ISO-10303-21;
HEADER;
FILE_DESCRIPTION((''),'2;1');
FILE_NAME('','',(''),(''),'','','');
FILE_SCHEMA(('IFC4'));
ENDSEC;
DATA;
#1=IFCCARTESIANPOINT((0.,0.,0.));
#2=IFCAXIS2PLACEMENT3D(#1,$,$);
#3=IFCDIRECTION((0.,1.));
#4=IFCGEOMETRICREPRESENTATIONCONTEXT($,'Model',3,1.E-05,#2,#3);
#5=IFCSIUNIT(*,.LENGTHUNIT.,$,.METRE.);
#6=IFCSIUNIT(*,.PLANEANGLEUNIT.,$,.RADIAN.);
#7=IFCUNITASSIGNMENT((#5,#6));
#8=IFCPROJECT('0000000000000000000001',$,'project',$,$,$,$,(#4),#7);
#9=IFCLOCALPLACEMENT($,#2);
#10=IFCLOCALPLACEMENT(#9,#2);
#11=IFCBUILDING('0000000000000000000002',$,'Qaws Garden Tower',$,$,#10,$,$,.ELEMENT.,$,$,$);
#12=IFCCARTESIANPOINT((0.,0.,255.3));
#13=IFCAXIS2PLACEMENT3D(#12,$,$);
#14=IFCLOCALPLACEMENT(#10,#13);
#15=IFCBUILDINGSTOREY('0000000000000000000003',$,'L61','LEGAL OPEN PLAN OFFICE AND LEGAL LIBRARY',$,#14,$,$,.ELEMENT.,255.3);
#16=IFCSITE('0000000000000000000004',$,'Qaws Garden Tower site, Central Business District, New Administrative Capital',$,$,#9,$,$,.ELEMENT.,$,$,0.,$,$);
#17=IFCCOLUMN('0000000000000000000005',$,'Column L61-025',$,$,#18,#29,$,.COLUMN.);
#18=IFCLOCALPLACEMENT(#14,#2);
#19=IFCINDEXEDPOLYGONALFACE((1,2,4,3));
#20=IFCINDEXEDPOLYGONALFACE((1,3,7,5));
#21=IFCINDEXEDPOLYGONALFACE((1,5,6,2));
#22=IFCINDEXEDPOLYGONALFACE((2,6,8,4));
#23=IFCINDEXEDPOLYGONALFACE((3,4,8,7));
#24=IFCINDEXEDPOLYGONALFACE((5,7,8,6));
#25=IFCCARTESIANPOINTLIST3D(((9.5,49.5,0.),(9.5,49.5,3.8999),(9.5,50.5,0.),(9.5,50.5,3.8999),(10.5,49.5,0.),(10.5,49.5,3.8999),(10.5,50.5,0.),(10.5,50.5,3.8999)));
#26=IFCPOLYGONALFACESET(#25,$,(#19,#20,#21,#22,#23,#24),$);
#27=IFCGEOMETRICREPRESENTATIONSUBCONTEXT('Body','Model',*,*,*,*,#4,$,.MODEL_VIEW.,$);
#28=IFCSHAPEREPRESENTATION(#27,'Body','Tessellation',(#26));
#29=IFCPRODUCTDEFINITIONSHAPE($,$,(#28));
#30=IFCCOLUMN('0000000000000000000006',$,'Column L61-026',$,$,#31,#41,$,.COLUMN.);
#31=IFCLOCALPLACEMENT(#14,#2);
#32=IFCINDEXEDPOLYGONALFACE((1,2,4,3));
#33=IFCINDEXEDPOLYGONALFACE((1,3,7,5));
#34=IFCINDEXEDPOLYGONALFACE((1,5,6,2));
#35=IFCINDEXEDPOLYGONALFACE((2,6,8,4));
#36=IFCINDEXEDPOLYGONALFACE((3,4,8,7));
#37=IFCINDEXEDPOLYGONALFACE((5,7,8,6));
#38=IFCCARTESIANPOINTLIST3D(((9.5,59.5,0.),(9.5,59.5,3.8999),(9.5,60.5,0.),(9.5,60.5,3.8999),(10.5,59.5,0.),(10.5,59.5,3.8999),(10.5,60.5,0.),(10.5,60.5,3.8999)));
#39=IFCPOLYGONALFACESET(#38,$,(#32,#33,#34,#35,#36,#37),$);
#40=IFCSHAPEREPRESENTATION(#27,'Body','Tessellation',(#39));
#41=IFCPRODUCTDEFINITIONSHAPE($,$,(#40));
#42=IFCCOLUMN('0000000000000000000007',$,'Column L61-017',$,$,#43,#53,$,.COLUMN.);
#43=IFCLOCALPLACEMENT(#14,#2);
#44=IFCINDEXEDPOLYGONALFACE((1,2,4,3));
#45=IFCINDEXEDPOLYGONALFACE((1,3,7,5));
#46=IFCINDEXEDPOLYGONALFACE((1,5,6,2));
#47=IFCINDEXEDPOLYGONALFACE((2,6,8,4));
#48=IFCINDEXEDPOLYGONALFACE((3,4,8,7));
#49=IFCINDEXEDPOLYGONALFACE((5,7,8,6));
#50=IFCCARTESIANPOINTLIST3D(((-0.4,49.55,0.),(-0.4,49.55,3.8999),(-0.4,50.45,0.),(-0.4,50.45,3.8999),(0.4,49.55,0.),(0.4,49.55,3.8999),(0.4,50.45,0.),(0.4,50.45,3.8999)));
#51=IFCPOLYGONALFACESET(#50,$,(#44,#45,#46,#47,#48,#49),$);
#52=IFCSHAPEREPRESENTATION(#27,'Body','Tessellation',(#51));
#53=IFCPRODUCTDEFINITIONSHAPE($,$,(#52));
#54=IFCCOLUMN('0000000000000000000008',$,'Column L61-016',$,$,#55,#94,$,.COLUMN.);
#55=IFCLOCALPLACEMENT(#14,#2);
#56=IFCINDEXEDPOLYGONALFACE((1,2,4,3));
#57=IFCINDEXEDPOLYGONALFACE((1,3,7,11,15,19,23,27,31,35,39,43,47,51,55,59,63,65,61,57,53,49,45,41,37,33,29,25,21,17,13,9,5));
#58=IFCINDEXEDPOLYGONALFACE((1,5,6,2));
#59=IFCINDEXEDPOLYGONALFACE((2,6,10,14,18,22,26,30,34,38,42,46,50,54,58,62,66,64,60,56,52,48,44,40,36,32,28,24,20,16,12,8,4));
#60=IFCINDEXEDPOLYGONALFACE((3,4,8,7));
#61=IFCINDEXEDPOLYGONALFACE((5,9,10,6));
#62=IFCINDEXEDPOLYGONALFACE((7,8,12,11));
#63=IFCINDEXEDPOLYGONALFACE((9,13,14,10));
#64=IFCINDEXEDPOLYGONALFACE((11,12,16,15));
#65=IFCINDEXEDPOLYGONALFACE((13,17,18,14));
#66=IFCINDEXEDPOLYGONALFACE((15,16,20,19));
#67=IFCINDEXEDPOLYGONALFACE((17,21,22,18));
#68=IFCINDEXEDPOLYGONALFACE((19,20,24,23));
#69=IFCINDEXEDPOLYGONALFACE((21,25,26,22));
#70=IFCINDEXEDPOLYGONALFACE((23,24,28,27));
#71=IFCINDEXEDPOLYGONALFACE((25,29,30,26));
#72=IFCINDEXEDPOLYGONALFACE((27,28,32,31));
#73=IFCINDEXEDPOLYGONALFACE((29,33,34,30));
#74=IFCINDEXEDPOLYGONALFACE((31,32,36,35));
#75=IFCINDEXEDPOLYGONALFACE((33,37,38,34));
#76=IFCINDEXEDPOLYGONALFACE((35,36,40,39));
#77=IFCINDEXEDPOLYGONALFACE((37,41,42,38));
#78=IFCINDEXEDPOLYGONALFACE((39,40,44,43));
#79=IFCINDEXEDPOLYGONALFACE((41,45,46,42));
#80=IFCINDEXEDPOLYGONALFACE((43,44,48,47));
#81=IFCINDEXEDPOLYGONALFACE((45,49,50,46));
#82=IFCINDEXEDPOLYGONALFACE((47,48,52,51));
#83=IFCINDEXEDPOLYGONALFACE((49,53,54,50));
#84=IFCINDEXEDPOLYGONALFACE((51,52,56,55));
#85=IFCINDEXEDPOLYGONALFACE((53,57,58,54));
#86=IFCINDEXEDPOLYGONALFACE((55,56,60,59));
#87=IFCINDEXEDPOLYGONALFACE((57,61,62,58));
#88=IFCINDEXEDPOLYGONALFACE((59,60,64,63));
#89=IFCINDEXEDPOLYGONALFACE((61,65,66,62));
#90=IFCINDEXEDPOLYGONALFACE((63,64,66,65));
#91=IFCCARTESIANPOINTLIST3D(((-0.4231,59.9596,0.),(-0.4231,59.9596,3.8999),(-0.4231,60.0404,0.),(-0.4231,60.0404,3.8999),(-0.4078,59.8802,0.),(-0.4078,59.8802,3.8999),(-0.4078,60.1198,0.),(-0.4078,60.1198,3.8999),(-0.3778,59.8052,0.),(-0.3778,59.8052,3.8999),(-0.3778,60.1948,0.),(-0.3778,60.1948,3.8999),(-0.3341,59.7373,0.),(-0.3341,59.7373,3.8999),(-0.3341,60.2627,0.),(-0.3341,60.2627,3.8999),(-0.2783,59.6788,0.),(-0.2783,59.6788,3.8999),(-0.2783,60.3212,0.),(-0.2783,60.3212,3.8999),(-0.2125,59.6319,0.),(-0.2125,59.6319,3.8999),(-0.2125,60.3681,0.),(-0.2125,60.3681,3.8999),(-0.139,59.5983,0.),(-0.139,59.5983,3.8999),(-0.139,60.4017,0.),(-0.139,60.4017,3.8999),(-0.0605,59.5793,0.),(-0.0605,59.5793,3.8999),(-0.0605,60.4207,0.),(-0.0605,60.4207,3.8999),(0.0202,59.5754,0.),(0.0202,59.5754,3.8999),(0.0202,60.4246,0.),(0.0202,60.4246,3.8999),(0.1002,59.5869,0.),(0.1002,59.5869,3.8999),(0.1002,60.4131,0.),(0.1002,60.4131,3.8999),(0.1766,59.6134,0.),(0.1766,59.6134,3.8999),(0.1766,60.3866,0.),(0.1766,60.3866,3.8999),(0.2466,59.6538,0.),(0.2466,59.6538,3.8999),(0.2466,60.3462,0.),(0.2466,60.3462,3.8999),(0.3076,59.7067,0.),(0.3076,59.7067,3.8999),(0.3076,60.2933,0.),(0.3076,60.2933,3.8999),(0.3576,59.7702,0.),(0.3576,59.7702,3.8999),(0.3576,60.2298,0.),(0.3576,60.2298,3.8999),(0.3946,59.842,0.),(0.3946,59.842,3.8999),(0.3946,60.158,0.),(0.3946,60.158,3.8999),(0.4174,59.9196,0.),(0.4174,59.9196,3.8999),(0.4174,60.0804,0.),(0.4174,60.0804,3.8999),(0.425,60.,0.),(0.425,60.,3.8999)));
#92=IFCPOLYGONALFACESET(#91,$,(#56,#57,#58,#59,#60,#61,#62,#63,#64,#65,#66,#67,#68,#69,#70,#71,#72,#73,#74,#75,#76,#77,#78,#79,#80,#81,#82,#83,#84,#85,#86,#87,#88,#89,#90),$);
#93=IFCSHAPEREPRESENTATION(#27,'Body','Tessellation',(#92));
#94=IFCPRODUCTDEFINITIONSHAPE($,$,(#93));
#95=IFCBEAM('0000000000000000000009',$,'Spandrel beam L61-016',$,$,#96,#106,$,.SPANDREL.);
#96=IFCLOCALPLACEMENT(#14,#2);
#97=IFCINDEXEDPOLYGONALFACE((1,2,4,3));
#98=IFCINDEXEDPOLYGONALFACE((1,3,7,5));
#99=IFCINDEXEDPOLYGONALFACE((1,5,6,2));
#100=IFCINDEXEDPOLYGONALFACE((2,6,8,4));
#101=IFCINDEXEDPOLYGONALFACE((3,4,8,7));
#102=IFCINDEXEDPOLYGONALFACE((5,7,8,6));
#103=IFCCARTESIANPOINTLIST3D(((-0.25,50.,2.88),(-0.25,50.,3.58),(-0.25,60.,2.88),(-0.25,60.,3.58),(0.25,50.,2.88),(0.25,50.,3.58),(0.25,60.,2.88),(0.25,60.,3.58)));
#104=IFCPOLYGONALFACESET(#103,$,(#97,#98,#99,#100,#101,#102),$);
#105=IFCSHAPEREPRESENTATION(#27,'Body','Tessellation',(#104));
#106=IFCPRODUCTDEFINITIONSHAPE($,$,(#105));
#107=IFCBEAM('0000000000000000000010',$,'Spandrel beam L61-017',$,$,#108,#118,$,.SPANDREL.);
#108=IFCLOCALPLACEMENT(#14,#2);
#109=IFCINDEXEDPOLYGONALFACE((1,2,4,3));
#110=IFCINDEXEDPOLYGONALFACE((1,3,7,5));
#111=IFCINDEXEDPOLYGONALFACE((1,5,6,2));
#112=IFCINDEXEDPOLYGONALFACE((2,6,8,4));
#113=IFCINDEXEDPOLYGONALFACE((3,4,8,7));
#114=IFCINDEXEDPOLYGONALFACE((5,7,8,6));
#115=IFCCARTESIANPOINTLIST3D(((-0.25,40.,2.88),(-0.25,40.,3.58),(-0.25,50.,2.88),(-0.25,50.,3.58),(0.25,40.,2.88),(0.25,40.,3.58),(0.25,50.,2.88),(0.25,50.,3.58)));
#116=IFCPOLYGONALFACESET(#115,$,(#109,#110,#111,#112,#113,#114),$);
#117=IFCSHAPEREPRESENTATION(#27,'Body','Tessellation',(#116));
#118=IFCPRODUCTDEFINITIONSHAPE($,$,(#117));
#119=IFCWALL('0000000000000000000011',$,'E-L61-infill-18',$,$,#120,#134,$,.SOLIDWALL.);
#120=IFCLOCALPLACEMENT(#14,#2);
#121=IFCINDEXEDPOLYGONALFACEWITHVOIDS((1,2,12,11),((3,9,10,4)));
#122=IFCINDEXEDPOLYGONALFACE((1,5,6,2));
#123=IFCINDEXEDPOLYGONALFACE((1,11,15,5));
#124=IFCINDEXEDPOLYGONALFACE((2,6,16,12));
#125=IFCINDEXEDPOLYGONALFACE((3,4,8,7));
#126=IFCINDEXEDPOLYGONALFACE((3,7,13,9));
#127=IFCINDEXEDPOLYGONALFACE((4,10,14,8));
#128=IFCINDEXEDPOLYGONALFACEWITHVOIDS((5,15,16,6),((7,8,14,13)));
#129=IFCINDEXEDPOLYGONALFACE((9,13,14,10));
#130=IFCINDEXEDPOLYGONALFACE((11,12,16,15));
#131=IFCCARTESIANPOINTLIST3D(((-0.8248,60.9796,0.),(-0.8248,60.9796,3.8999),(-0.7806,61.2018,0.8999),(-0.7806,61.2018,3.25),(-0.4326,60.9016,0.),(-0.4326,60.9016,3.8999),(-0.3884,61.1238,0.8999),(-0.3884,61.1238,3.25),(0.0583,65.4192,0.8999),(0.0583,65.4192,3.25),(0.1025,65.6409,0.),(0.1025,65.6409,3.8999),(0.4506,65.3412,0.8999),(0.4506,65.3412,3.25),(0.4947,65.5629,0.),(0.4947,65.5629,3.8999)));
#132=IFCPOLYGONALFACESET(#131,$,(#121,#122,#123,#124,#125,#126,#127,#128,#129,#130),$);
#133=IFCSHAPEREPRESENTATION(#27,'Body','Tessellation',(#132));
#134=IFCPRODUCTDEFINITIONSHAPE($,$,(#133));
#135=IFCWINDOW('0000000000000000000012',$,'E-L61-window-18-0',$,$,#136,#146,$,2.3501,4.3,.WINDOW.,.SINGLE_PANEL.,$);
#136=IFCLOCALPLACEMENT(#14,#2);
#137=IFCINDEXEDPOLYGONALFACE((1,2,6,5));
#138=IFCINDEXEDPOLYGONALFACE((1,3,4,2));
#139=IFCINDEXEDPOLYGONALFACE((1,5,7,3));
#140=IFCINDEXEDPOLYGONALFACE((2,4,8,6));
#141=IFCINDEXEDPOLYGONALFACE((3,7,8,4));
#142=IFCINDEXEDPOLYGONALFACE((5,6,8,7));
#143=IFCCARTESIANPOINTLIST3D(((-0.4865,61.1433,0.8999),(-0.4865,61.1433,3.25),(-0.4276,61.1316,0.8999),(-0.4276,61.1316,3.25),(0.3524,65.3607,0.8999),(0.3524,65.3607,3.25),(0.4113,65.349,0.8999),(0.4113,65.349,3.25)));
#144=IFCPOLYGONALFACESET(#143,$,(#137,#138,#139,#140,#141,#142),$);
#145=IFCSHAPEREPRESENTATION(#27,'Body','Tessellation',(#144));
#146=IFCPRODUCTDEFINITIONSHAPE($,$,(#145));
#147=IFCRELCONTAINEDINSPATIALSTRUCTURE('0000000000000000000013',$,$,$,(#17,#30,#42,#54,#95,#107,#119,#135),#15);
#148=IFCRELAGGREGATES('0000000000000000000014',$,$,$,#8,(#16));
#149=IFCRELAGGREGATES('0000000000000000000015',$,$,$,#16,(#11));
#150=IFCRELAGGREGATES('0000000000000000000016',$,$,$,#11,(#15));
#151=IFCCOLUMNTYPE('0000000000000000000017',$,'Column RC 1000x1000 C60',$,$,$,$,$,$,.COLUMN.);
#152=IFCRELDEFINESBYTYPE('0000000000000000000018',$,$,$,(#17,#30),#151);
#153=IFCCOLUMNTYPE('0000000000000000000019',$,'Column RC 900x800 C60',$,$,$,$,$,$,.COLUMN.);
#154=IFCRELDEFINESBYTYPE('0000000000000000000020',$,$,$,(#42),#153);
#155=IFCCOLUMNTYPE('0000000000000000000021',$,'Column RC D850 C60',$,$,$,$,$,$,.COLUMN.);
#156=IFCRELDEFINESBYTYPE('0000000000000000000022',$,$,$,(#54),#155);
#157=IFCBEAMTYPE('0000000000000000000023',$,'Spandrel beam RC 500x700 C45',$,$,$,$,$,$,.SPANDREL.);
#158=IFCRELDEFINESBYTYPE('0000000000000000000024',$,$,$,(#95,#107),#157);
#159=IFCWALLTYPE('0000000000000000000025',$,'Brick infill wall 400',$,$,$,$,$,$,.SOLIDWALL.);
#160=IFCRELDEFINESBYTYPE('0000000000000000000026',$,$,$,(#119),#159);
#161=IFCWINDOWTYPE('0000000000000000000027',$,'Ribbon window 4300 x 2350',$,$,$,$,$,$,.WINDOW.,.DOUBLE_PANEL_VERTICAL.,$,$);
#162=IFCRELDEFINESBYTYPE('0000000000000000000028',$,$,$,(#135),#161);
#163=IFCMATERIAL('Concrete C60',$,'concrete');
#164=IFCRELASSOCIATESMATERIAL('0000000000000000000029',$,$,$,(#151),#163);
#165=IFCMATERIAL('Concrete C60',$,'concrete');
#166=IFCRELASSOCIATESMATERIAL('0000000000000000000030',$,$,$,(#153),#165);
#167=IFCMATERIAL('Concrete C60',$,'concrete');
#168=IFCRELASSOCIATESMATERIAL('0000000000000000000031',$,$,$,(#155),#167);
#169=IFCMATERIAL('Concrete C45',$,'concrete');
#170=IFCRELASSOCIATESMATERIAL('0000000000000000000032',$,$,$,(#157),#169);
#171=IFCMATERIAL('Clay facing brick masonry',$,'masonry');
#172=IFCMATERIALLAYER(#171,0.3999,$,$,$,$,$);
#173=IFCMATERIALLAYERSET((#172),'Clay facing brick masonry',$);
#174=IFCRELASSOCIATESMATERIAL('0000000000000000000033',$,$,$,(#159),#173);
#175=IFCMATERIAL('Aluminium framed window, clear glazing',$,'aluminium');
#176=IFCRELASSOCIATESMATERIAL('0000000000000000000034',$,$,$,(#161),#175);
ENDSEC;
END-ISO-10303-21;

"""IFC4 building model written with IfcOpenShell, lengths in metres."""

from ifc_helpers import new_model, si_unit, direction, frame, frame_2d, origin, origin_2d, place, context, subcontext, project, spatial, rectangle, circle, extrude, material, layer, layer_set, material_profile, profile_set, type_object, element, fill, save


model = new_model("IFC4")

# Units and contexts
model_context = context("Model", 3, precision=1e-05, world=origin(), true_north=direction((0.0, 1.0)))
body_context = subcontext(model_context, "Body", "Model", "MODEL_VIEW")
ifc_project = project(units=[si_unit("LENGTHUNIT", "METRE"), si_unit("PLANEANGLEUNIT", "RADIAN")], contexts=[model_context])

# Site, building, storey
site_placement = place(None, origin())
site = spatial("IfcSite", under=ifc_project, at=site_placement, Name="Qaws Garden Tower site, Central Business District, New Administrative Capital", CompositionType="ELEMENT", RefElevation=0.0)
building_placement = place(site_placement, origin())
building = spatial("IfcBuilding", under=site, at=building_placement, Name="Qaws Garden Tower", CompositionType="ELEMENT")
storey_placement = place(building_placement, frame((0.0, 0.0, 255.3)))
storey = spatial("IfcBuildingStorey", under=building, at=storey_placement, Name="L61", Description="LEGAL OPEN PLAN OFFICE AND LEGAL LIBRARY", CompositionType="ELEMENT", Elevation=255.3)

# Columns
ifc_material_1 = material(Name="Concrete C60", Category="concrete")
ifc_material_profile_1 = material_profile(ifc_material_1, rectangle(XDim=1.0, YDim=1.0, at=origin_2d()), Name="RC 1000x1000")
ifc_profile_set_1 = profile_set([ifc_material_profile_1], Name="Concrete C60")
column_type_1 = type_object("IfcColumnType", Name="Column RC 1000x1000 C60", PredefinedType="COLUMN", material=ifc_profile_set_1)
for number, where, z_axis, x_axis, name in (
    (1, (10.0, 50.0, 0.0), (0.0, 0.0, 1.0), (1.0, 0.0, 0.0), "Column L61-025"),
    (2, (10.0, 60.0, 0.0), (0.0, 0.0, 1.0), (1.0, 0.0, 0.0), "Column L61-026"),
):
    element("IfcColumn", number, at=place(storey_placement, frame(where, z_axis=z_axis, x_axis=x_axis)), inside=storey, type_object=column_type_1, Name=name, PredefinedType="COLUMN", context=body_context, shape_type="SweptSolid", body=[
        extrude(rectangle(XDim=1.0, YDim=1.0, at=origin_2d()), origin(), (0.0, 0.0, 1.0), 3.8999),
    ])
ifc_material_2 = material(Name="Concrete C60", Category="concrete")
ifc_material_profile_2 = material_profile(ifc_material_2, rectangle(XDim=0.8999, YDim=0.8, at=origin_2d()), Name="RC 900x800")
ifc_profile_set_2 = profile_set([ifc_material_profile_2], Name="Concrete C60")
column_type_2 = type_object("IfcColumnType", Name="Column RC 900x800 C60", PredefinedType="COLUMN", material=ifc_profile_set_2)
column_1_placement = place(storey_placement, frame((0.0, 50.0, 0.0), z_axis=(0.0, 0.0, 1.0), x_axis=(0.0, 1.0, 0.0)))
element("IfcColumn", 3, at=column_1_placement, inside=storey, type_object=column_type_2, Name="Column L61-017", PredefinedType="COLUMN", context=body_context, shape_type="SweptSolid", body=[
    extrude(rectangle(XDim=0.8999, YDim=0.8, at=origin_2d()), origin(), (0.0, 0.0, 1.0), 3.8999),
])
ifc_material_3 = material(Name="Concrete C60", Category="concrete")
ifc_material_profile_3 = material_profile(ifc_material_3, circle(Radius=0.425, at=origin_2d()), Name="RC D850")
ifc_profile_set_3 = profile_set([ifc_material_profile_3], Name="Concrete C60")
column_type_3 = type_object("IfcColumnType", Name="Column RC D850 C60", PredefinedType="COLUMN", material=ifc_profile_set_3)
column_2_placement = place(storey_placement, frame((0.0, 60.0, 0.0), z_axis=(0.0, 0.0, 1.0), x_axis=(1.0, 0.0, 0.0)))
element("IfcColumn", 4, at=column_2_placement, inside=storey, type_object=column_type_3, Name="Column L61-016", PredefinedType="COLUMN", context=body_context, shape_type="SweptSolid", body=[
    extrude(circle(Radius=0.425, at=origin_2d()), origin(), (0.0, 0.0, 1.0), 3.8999),
])

# Beams
ifc_material_4 = material(Name="Concrete C45", Category="concrete")
ifc_material_profile_4 = material_profile(ifc_material_4, rectangle(XDim=0.5, YDim=0.7, at=origin_2d()), Name="RC 500x700")
ifc_profile_set_4 = profile_set([ifc_material_profile_4], Name="Concrete C45")
beam_type = type_object("IfcBeamType", Name="Spandrel beam RC 500x700 C45", PredefinedType="SPANDREL", material=ifc_profile_set_4)
for number, where, z_axis, x_axis, name in (
    (5, (0.0, 60.0, 3.23), (0.0, -1.0, 0.0), (1.0, 0.0, 0.0), "Spandrel beam L61-016"),
    (6, (0.0, 50.0, 3.23), (0.0, -1.0, 0.0), (1.0, 0.0, 0.0), "Spandrel beam L61-017"),
):
    element("IfcBeam", number, at=place(storey_placement, frame(where, z_axis=z_axis, x_axis=x_axis)), inside=storey, type_object=beam_type, Name=name, PredefinedType="SPANDREL", context=body_context, shape_type="SweptSolid", body=[
        extrude(rectangle(XDim=0.5, YDim=0.7, at=origin_2d()), origin(), (0.0, 0.0, 1.0), 10.0),
    ])

# Wall, opening, window
ifc_material_5 = material(Name="Clay facing brick masonry", Category="masonry")
ifc_layer_1 = layer(ifc_material_5, 0.3999)
ifc_layer_set_1 = layer_set([ifc_layer_1], Name="Clay facing brick masonry")
wall_type_1 = type_object("IfcWallType", Name="Brick infill wall 400", PredefinedType="SOLIDWALL", material=ifc_layer_set_1)
wall_1_placement = place(storey_placement, frame((0.2986, 65.6021, 0.0), z_axis=(0.0, 0.0, 1.0), x_axis=(-0.195099, -0.980784, 0.0)))
wall_1 = element("IfcWall", 7, at=wall_1_placement, inside=storey, type_object=wall_type_1, Name="E-L61-infill-18", PredefinedType="SOLIDWALL", context=body_context, shape_type="SweptSolid", body=[
    extrude(rectangle(XDim=4.7527, YDim=0.3999, at=frame_2d((2.3765, 0.0))), origin(), (0.0, 0.0, 1.0), 3.8999),
])
opening_1_placement = place(wall_1_placement, frame((0.2263, 0.0, 0.8999)))
opening_1 = element("IfcOpeningElement", 8, at=opening_1_placement, cuts=wall_1, PredefinedType="OPENING", context=body_context, shape_type="SweptSolid", body=[
    extrude(rectangle(XDim=4.3, YDim=2.3501, at=frame_2d((2.1499, 1.175))), frame((0.0, 0.21, 0.0), z_axis=(0.0, -1.0, 0.0), x_axis=(1.0, 0.0, 0.0)), (0.0, 0.0, 1.0), 0.4199),
])
ifc_material_6 = material(Name="Aluminium framed window, clear glazing", Category="aluminium")
window_type_1 = type_object("IfcWindowType", Name="Ribbon window 4300 x 2350", PartitioningType="DOUBLE_PANEL_VERTICAL", PredefinedType="WINDOW", material=ifc_material_6)
window_1_placement = place(opening_1_placement, origin())
window_1 = element("IfcWindow", 9, at=window_1_placement, inside=storey, type_object=window_type_1, Name="E-L61-window-18-0", OverallHeight=2.3501, OverallWidth=4.3, PartitioningType="SINGLE_PANEL", PredefinedType="WINDOW", context=body_context, shape_type="SweptSolid", body=[
    extrude(rectangle(XDim=4.3, YDim=2.3501, at=frame_2d((2.1499, 1.175))), frame((0.0, 0.1599, 0.0), z_axis=(0.0, -1.0, 0.0), x_axis=(1.0, 0.0, 0.0)), (0.0, 0.0, 1.0), 0.0601),
])
fill(opening_1, window_1)

save(model, "model.ifc")
